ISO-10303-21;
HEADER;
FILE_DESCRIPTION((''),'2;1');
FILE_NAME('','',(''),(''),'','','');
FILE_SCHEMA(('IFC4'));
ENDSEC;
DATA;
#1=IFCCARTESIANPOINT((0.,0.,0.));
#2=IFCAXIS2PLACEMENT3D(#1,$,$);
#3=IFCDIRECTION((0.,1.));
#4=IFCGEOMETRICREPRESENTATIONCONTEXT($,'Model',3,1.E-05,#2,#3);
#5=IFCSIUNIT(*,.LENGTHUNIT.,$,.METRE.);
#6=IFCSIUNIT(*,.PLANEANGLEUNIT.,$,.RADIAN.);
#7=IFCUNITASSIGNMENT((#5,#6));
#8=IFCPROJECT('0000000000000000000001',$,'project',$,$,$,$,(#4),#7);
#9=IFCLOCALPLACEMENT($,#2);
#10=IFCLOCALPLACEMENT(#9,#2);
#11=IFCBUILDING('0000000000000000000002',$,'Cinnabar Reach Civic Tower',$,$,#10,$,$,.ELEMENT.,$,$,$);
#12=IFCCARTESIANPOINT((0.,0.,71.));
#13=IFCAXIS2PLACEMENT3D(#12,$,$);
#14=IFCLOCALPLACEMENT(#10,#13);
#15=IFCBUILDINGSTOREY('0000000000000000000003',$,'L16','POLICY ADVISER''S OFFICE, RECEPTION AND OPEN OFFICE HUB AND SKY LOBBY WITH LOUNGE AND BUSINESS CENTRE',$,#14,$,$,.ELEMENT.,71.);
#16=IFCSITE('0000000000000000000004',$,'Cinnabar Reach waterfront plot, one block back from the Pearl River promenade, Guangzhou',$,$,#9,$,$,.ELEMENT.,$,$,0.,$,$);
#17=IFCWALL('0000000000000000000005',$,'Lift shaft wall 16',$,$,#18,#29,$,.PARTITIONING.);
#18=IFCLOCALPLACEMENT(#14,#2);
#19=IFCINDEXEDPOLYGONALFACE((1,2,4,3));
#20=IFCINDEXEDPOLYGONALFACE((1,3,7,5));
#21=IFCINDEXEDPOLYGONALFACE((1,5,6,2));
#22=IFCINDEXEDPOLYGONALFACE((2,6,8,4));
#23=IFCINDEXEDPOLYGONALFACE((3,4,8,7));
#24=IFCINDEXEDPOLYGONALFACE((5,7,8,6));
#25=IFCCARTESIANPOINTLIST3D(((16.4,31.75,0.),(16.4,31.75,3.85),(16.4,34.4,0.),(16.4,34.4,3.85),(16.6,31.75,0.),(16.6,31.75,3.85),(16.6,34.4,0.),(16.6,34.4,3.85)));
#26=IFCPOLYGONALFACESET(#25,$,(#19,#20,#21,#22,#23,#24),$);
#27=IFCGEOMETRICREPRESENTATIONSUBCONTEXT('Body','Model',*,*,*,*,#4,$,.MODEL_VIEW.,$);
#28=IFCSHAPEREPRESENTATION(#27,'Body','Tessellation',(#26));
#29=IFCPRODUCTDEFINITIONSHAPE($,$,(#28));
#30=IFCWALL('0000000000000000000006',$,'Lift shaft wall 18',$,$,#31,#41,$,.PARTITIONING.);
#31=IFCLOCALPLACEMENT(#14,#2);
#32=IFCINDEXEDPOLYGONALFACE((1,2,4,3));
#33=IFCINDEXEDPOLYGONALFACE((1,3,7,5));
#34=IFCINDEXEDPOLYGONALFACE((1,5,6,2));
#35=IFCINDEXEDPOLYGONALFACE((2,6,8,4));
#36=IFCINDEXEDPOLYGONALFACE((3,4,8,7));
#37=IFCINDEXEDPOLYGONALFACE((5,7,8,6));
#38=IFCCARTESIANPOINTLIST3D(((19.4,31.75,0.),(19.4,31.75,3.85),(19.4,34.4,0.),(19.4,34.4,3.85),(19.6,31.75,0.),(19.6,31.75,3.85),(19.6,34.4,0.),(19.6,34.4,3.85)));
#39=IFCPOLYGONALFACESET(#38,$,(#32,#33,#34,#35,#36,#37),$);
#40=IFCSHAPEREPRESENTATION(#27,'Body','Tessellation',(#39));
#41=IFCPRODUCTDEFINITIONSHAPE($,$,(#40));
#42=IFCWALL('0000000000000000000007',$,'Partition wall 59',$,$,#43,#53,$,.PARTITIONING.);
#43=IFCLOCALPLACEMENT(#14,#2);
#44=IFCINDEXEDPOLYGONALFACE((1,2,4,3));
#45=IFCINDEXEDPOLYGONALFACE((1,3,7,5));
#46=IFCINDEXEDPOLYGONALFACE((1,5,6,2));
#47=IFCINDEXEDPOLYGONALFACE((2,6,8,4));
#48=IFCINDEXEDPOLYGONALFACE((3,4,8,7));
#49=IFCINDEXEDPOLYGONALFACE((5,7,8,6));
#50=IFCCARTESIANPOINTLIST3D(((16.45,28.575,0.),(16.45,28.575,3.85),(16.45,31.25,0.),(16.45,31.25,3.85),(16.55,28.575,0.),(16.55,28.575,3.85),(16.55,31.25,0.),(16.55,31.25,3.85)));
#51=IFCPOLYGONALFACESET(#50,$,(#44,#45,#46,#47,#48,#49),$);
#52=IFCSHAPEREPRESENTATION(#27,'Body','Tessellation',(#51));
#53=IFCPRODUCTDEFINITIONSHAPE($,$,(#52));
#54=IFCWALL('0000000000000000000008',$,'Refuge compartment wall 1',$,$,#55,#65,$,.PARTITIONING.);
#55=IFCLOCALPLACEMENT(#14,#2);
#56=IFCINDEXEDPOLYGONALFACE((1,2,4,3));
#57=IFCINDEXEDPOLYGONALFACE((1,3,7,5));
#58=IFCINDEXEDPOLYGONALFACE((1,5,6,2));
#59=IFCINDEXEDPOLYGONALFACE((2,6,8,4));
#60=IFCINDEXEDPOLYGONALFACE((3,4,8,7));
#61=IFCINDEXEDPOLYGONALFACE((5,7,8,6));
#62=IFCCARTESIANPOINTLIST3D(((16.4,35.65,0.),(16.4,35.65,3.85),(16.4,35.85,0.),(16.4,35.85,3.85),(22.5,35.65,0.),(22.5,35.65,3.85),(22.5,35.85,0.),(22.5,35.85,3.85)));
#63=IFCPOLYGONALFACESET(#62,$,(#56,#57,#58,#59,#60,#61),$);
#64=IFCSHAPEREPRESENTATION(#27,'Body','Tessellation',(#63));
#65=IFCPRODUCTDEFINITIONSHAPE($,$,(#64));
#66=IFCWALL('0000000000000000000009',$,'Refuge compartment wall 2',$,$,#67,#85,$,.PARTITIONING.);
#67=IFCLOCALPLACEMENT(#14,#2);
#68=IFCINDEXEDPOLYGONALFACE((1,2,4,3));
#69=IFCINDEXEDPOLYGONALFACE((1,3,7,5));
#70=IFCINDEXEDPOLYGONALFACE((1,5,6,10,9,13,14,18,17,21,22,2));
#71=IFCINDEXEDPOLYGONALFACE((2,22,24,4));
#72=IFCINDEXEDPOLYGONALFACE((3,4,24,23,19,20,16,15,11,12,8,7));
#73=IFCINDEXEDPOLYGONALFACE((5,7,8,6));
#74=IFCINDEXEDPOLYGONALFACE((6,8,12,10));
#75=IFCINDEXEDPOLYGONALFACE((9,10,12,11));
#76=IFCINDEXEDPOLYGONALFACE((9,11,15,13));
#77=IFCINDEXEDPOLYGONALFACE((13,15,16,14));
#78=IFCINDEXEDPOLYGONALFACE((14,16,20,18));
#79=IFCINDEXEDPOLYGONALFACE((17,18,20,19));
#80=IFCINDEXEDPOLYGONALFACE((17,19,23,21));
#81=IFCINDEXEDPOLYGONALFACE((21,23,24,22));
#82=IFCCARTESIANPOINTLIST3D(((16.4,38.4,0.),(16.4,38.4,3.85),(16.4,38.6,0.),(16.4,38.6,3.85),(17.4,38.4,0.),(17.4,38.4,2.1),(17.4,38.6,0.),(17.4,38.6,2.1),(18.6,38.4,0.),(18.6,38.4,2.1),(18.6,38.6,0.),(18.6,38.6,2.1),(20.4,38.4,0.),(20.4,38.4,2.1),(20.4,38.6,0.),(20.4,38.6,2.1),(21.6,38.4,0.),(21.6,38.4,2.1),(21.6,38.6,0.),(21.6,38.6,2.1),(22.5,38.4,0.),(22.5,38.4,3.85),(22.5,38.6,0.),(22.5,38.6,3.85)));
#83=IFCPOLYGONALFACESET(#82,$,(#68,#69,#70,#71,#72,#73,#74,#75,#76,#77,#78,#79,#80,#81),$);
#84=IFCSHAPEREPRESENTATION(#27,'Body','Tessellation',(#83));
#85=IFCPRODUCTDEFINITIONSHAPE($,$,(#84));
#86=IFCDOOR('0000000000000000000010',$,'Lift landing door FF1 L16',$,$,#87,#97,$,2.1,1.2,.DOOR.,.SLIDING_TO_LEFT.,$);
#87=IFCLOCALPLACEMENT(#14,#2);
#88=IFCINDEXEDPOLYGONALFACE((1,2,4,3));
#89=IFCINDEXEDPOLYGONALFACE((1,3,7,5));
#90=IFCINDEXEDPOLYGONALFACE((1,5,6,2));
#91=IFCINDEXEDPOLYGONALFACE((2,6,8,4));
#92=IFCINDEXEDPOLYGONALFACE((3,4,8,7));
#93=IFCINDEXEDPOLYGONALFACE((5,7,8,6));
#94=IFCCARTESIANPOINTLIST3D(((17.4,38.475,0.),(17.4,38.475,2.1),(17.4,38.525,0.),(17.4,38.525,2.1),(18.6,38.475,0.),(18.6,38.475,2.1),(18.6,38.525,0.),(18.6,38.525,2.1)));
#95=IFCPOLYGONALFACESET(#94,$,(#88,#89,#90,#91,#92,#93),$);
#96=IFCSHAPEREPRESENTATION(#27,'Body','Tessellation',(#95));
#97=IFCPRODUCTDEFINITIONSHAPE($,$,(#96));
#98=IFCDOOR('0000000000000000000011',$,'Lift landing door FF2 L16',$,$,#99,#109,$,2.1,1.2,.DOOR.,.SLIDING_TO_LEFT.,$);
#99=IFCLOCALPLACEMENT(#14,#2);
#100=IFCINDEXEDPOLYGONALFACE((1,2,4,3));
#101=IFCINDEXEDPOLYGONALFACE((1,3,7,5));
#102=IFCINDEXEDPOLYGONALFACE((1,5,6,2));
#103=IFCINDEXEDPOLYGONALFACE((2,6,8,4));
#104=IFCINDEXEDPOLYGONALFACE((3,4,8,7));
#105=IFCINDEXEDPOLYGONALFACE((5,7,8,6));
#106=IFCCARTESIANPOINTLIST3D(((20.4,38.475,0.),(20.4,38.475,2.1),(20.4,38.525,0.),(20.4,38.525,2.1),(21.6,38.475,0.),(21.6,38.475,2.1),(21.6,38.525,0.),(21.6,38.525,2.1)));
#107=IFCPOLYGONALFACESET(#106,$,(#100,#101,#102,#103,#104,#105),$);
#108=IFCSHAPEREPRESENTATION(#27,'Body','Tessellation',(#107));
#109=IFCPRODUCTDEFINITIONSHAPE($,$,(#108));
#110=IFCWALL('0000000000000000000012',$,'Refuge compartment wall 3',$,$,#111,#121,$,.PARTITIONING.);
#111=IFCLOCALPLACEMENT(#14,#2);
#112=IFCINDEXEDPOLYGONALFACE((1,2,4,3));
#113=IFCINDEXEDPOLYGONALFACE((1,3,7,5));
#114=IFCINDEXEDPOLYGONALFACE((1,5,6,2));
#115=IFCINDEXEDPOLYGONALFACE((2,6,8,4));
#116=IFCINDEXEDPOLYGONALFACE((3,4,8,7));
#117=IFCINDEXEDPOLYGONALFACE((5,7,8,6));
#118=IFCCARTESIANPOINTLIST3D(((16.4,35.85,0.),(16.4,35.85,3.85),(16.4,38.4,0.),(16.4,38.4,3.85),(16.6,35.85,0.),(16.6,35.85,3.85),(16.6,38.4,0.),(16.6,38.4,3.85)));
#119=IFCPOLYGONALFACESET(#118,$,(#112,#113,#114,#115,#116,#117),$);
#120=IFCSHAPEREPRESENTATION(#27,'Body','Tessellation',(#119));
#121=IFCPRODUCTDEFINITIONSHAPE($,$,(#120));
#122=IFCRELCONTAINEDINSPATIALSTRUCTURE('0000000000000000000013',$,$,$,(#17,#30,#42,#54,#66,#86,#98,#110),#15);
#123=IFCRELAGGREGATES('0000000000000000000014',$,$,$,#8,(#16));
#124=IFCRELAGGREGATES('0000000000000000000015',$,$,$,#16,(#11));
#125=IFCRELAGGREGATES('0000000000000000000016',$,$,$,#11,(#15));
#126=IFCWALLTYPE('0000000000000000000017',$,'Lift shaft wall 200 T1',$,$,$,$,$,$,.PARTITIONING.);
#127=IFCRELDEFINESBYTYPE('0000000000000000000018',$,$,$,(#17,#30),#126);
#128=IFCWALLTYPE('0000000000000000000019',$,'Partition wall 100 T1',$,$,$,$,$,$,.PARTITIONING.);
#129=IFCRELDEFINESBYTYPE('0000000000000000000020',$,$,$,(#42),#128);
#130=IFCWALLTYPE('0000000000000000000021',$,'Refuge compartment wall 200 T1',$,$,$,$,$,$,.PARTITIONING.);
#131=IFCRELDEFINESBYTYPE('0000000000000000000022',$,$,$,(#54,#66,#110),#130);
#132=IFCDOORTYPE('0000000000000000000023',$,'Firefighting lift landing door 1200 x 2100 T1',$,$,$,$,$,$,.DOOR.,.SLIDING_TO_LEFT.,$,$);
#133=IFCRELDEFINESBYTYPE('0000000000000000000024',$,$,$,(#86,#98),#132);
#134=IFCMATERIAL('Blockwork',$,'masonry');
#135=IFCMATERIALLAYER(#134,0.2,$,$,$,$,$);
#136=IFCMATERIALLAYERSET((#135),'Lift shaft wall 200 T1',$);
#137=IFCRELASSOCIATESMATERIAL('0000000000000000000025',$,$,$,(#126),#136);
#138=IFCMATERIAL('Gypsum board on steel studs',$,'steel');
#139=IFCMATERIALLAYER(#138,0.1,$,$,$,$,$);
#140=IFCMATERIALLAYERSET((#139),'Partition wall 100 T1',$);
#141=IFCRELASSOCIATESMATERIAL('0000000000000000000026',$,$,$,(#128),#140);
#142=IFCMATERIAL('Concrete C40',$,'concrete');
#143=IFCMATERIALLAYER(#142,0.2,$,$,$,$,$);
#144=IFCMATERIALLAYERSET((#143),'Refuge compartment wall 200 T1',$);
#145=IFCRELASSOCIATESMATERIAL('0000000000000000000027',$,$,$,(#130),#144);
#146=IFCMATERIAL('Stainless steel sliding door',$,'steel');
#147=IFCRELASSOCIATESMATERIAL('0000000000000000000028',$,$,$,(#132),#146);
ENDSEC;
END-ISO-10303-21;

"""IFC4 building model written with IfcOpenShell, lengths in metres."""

from ifc_helpers import new_model, si_unit, direction, frame, frame_2d, origin, place, context, subcontext, project, spatial, rectangle, extrude, material, layer, layer_set, type_object, element, fill, save


model = new_model("IFC4")

# Units and contexts
model_context = context("Model", 3, precision=1e-05, world=origin(), true_north=direction((0.0, 1.0)))
body_context = subcontext(model_context, "Body", "Model", "MODEL_VIEW")
ifc_project = project(units=[si_unit("LENGTHUNIT", "METRE"), si_unit("PLANEANGLEUNIT", "RADIAN")], contexts=[model_context])

# Site, building, storey
site_placement = place(None, origin())
site = spatial("IfcSite", under=ifc_project, at=site_placement, Name="Cinnabar Reach waterfront plot, one block back from the Pearl River promenade, Guangzhou", CompositionType="ELEMENT", RefElevation=0.0)
building_placement = place(site_placement, origin())
building = spatial("IfcBuilding", under=site, at=building_placement, Name="Cinnabar Reach Civic Tower", CompositionType="ELEMENT")
storey_placement = place(building_placement, frame((0.0, 0.0, 71.0)))
storey = spatial("IfcBuildingStorey", under=building, at=storey_placement, Name="L16", Description="POLICY ADVISER'S OFFICE, RECEPTION AND OPEN OFFICE HUB AND SKY LOBBY WITH LOUNGE AND BUSINESS CENTRE", CompositionType="ELEMENT", Elevation=71.0)

# Walls
ifc_material_1 = material(Name="Blockwork", Category="masonry")
ifc_layer_1 = layer(ifc_material_1, 0.2)
ifc_layer_set_1 = layer_set([ifc_layer_1], Name="Lift shaft wall 200 T1")
wall_type_1 = type_object("IfcWallType", Name="Lift shaft wall 200 T1", PredefinedType="PARTITIONING", material=ifc_layer_set_1)
for number, where, z_axis, x_axis, name in (
    (1, (16.5, 31.75, 0.0), (0.0, 0.0, 1.0), (0.0, 1.0, 0.0), "Lift shaft wall 16"),
    (2, (19.5, 31.75, 0.0), (0.0, 0.0, 1.0), (0.0, 1.0, 0.0), "Lift shaft wall 18"),
):
    element("IfcWall", number, at=place(storey_placement, frame(where, z_axis=z_axis, x_axis=x_axis)), inside=storey, type_object=wall_type_1, Name=name, PredefinedType="PARTITIONING", context=body_context, shape_type="SweptSolid", body=[
        extrude(rectangle(XDim=2.65, YDim=0.2, at=frame_2d((1.325, 0.0))), origin(), (0.0, 0.0, 1.0), 3.85),
    ])
ifc_material_2 = material(Name="Gypsum board on steel studs", Category="steel")
ifc_layer_2 = layer(ifc_material_2, 0.1)
ifc_layer_set_2 = layer_set([ifc_layer_2], Name="Partition wall 100 T1")
wall_type_2 = type_object("IfcWallType", Name="Partition wall 100 T1", PredefinedType="PARTITIONING", material=ifc_layer_set_2)
wall_1_placement = place(storey_placement, frame((16.5, 28.575, 0.0), z_axis=(0.0, 0.0, 1.0), x_axis=(0.0, 1.0, 0.0)))
element("IfcWall", 3, at=wall_1_placement, inside=storey, type_object=wall_type_2, Name="Partition wall 59", PredefinedType="PARTITIONING", context=body_context, shape_type="SweptSolid", body=[
    extrude(rectangle(XDim=2.675, YDim=0.1, at=frame_2d((1.3375, 0.0))), origin(), (0.0, 0.0, 1.0), 3.85),
])
ifc_material_3 = material(Name="Concrete C40", Category="concrete")
ifc_layer_3 = layer(ifc_material_3, 0.2)
ifc_layer_set_3 = layer_set([ifc_layer_3], Name="Refuge compartment wall 200 T1")
wall_type_3 = type_object("IfcWallType", Name="Refuge compartment wall 200 T1", PredefinedType="PARTITIONING", material=ifc_layer_set_3)
wall_2_placement = place(storey_placement, frame((16.4, 35.75, 0.0), z_axis=(0.0, 0.0, 1.0), x_axis=(1.0, 0.0, 0.0)))
element("IfcWall", 4, at=wall_2_placement, inside=storey, type_object=wall_type_3, Name="Refuge compartment wall 1", PredefinedType="PARTITIONING", context=body_context, shape_type="SweptSolid", body=[
    extrude(rectangle(XDim=6.1, YDim=0.2, at=frame_2d((3.05, 0.0))), origin(), (0.0, 0.0, 1.0), 3.85),
])

# Wall, openings, doors
wall_3_placement = place(storey_placement, frame((16.4, 38.5, 0.0), z_axis=(0.0, 0.0, 1.0), x_axis=(1.0, 0.0, 0.0)))
wall_3 = element("IfcWall", 5, at=wall_3_placement, inside=storey, type_object=wall_type_3, Name="Refuge compartment wall 2", PredefinedType="PARTITIONING", context=body_context, shape_type="SweptSolid", body=[
    extrude(rectangle(XDim=6.1, YDim=0.2, at=frame_2d((3.05, 0.0))), origin(), (0.0, 0.0, 1.0), 3.85),
])
opening_1_placement = place(wall_3_placement, frame((1.0, 0.0, 0.0)))
opening_1 = element("IfcOpeningElement", 6, at=opening_1_placement, cuts=wall_3, PredefinedType="OPENING", context=body_context, shape_type="SweptSolid", body=[
    extrude(rectangle(XDim=1.2, YDim=2.1, at=frame_2d((0.6, 1.05))), frame((0.0, 0.11, 0.0), z_axis=(0.0, -1.0, 0.0), x_axis=(1.0, 0.0, 0.0)), (0.0, 0.0, 1.0), 0.22),
])
opening_2_placement = place(wall_3_placement, frame((4.0, 0.0, 0.0)))
opening_2 = element("IfcOpeningElement", 7, at=opening_2_placement, cuts=wall_3, PredefinedType="OPENING", context=body_context, shape_type="SweptSolid", body=[
    extrude(rectangle(XDim=1.2, YDim=2.1, at=frame_2d((0.6, 1.05))), frame((0.0, 0.11, 0.0), z_axis=(0.0, -1.0, 0.0), x_axis=(1.0, 0.0, 0.0)), (0.0, 0.0, 1.0), 0.22),
])
ifc_material_4 = material(Name="Stainless steel sliding door", Category="steel")
door_type_1 = type_object("IfcDoorType", Name="Firefighting lift landing door 1200 x 2100 T1", OperationType="SLIDING_TO_LEFT", PredefinedType="DOOR", material=ifc_material_4)
door_1_placement = place(opening_1_placement, origin())
door_1 = element("IfcDoor", 8, at=door_1_placement, inside=storey, type_object=door_type_1, Name="Lift landing door FF1 L16", OperationType="SLIDING_TO_LEFT", OverallHeight=2.1, OverallWidth=1.2, PredefinedType="DOOR", context=body_context, shape_type="SweptSolid", body=[
    extrude(rectangle(XDim=1.2, YDim=2.1, at=frame_2d((0.6, 1.05))), frame((0.0, 0.025, 0.0), z_axis=(0.0, -1.0, 0.0), x_axis=(1.0, 0.0, 0.0)), (0.0, 0.0, 1.0), 0.05),
])
fill(opening_1, door_1)
door_2_placement = place(opening_2_placement, origin())
door_2 = element("IfcDoor", 9, at=door_2_placement, inside=storey, type_object=door_type_1, Name="Lift landing door FF2 L16", OperationType="SLIDING_TO_LEFT", OverallHeight=2.1, OverallWidth=1.2, PredefinedType="DOOR", context=body_context, shape_type="SweptSolid", body=[
    extrude(rectangle(XDim=1.2, YDim=2.1, at=frame_2d((0.6, 1.05))), frame((0.0, 0.025, 0.0), z_axis=(0.0, -1.0, 0.0), x_axis=(1.0, 0.0, 0.0)), (0.0, 0.0, 1.0), 0.05),
])
fill(opening_2, door_2)

# Wall
wall_4_placement = place(storey_placement, frame((16.5, 35.85, 0.0), z_axis=(0.0, 0.0, 1.0), x_axis=(0.0, 1.0, 0.0)))
element("IfcWall", 10, at=wall_4_placement, inside=storey, type_object=wall_type_3, Name="Refuge compartment wall 3", PredefinedType="PARTITIONING", context=body_context, shape_type="SweptSolid", body=[
    extrude(rectangle(XDim=2.55, YDim=0.2, at=frame_2d((1.275, 0.0))), origin(), (0.0, 0.0, 1.0), 3.85),
])

save(model, "model.ifc")
